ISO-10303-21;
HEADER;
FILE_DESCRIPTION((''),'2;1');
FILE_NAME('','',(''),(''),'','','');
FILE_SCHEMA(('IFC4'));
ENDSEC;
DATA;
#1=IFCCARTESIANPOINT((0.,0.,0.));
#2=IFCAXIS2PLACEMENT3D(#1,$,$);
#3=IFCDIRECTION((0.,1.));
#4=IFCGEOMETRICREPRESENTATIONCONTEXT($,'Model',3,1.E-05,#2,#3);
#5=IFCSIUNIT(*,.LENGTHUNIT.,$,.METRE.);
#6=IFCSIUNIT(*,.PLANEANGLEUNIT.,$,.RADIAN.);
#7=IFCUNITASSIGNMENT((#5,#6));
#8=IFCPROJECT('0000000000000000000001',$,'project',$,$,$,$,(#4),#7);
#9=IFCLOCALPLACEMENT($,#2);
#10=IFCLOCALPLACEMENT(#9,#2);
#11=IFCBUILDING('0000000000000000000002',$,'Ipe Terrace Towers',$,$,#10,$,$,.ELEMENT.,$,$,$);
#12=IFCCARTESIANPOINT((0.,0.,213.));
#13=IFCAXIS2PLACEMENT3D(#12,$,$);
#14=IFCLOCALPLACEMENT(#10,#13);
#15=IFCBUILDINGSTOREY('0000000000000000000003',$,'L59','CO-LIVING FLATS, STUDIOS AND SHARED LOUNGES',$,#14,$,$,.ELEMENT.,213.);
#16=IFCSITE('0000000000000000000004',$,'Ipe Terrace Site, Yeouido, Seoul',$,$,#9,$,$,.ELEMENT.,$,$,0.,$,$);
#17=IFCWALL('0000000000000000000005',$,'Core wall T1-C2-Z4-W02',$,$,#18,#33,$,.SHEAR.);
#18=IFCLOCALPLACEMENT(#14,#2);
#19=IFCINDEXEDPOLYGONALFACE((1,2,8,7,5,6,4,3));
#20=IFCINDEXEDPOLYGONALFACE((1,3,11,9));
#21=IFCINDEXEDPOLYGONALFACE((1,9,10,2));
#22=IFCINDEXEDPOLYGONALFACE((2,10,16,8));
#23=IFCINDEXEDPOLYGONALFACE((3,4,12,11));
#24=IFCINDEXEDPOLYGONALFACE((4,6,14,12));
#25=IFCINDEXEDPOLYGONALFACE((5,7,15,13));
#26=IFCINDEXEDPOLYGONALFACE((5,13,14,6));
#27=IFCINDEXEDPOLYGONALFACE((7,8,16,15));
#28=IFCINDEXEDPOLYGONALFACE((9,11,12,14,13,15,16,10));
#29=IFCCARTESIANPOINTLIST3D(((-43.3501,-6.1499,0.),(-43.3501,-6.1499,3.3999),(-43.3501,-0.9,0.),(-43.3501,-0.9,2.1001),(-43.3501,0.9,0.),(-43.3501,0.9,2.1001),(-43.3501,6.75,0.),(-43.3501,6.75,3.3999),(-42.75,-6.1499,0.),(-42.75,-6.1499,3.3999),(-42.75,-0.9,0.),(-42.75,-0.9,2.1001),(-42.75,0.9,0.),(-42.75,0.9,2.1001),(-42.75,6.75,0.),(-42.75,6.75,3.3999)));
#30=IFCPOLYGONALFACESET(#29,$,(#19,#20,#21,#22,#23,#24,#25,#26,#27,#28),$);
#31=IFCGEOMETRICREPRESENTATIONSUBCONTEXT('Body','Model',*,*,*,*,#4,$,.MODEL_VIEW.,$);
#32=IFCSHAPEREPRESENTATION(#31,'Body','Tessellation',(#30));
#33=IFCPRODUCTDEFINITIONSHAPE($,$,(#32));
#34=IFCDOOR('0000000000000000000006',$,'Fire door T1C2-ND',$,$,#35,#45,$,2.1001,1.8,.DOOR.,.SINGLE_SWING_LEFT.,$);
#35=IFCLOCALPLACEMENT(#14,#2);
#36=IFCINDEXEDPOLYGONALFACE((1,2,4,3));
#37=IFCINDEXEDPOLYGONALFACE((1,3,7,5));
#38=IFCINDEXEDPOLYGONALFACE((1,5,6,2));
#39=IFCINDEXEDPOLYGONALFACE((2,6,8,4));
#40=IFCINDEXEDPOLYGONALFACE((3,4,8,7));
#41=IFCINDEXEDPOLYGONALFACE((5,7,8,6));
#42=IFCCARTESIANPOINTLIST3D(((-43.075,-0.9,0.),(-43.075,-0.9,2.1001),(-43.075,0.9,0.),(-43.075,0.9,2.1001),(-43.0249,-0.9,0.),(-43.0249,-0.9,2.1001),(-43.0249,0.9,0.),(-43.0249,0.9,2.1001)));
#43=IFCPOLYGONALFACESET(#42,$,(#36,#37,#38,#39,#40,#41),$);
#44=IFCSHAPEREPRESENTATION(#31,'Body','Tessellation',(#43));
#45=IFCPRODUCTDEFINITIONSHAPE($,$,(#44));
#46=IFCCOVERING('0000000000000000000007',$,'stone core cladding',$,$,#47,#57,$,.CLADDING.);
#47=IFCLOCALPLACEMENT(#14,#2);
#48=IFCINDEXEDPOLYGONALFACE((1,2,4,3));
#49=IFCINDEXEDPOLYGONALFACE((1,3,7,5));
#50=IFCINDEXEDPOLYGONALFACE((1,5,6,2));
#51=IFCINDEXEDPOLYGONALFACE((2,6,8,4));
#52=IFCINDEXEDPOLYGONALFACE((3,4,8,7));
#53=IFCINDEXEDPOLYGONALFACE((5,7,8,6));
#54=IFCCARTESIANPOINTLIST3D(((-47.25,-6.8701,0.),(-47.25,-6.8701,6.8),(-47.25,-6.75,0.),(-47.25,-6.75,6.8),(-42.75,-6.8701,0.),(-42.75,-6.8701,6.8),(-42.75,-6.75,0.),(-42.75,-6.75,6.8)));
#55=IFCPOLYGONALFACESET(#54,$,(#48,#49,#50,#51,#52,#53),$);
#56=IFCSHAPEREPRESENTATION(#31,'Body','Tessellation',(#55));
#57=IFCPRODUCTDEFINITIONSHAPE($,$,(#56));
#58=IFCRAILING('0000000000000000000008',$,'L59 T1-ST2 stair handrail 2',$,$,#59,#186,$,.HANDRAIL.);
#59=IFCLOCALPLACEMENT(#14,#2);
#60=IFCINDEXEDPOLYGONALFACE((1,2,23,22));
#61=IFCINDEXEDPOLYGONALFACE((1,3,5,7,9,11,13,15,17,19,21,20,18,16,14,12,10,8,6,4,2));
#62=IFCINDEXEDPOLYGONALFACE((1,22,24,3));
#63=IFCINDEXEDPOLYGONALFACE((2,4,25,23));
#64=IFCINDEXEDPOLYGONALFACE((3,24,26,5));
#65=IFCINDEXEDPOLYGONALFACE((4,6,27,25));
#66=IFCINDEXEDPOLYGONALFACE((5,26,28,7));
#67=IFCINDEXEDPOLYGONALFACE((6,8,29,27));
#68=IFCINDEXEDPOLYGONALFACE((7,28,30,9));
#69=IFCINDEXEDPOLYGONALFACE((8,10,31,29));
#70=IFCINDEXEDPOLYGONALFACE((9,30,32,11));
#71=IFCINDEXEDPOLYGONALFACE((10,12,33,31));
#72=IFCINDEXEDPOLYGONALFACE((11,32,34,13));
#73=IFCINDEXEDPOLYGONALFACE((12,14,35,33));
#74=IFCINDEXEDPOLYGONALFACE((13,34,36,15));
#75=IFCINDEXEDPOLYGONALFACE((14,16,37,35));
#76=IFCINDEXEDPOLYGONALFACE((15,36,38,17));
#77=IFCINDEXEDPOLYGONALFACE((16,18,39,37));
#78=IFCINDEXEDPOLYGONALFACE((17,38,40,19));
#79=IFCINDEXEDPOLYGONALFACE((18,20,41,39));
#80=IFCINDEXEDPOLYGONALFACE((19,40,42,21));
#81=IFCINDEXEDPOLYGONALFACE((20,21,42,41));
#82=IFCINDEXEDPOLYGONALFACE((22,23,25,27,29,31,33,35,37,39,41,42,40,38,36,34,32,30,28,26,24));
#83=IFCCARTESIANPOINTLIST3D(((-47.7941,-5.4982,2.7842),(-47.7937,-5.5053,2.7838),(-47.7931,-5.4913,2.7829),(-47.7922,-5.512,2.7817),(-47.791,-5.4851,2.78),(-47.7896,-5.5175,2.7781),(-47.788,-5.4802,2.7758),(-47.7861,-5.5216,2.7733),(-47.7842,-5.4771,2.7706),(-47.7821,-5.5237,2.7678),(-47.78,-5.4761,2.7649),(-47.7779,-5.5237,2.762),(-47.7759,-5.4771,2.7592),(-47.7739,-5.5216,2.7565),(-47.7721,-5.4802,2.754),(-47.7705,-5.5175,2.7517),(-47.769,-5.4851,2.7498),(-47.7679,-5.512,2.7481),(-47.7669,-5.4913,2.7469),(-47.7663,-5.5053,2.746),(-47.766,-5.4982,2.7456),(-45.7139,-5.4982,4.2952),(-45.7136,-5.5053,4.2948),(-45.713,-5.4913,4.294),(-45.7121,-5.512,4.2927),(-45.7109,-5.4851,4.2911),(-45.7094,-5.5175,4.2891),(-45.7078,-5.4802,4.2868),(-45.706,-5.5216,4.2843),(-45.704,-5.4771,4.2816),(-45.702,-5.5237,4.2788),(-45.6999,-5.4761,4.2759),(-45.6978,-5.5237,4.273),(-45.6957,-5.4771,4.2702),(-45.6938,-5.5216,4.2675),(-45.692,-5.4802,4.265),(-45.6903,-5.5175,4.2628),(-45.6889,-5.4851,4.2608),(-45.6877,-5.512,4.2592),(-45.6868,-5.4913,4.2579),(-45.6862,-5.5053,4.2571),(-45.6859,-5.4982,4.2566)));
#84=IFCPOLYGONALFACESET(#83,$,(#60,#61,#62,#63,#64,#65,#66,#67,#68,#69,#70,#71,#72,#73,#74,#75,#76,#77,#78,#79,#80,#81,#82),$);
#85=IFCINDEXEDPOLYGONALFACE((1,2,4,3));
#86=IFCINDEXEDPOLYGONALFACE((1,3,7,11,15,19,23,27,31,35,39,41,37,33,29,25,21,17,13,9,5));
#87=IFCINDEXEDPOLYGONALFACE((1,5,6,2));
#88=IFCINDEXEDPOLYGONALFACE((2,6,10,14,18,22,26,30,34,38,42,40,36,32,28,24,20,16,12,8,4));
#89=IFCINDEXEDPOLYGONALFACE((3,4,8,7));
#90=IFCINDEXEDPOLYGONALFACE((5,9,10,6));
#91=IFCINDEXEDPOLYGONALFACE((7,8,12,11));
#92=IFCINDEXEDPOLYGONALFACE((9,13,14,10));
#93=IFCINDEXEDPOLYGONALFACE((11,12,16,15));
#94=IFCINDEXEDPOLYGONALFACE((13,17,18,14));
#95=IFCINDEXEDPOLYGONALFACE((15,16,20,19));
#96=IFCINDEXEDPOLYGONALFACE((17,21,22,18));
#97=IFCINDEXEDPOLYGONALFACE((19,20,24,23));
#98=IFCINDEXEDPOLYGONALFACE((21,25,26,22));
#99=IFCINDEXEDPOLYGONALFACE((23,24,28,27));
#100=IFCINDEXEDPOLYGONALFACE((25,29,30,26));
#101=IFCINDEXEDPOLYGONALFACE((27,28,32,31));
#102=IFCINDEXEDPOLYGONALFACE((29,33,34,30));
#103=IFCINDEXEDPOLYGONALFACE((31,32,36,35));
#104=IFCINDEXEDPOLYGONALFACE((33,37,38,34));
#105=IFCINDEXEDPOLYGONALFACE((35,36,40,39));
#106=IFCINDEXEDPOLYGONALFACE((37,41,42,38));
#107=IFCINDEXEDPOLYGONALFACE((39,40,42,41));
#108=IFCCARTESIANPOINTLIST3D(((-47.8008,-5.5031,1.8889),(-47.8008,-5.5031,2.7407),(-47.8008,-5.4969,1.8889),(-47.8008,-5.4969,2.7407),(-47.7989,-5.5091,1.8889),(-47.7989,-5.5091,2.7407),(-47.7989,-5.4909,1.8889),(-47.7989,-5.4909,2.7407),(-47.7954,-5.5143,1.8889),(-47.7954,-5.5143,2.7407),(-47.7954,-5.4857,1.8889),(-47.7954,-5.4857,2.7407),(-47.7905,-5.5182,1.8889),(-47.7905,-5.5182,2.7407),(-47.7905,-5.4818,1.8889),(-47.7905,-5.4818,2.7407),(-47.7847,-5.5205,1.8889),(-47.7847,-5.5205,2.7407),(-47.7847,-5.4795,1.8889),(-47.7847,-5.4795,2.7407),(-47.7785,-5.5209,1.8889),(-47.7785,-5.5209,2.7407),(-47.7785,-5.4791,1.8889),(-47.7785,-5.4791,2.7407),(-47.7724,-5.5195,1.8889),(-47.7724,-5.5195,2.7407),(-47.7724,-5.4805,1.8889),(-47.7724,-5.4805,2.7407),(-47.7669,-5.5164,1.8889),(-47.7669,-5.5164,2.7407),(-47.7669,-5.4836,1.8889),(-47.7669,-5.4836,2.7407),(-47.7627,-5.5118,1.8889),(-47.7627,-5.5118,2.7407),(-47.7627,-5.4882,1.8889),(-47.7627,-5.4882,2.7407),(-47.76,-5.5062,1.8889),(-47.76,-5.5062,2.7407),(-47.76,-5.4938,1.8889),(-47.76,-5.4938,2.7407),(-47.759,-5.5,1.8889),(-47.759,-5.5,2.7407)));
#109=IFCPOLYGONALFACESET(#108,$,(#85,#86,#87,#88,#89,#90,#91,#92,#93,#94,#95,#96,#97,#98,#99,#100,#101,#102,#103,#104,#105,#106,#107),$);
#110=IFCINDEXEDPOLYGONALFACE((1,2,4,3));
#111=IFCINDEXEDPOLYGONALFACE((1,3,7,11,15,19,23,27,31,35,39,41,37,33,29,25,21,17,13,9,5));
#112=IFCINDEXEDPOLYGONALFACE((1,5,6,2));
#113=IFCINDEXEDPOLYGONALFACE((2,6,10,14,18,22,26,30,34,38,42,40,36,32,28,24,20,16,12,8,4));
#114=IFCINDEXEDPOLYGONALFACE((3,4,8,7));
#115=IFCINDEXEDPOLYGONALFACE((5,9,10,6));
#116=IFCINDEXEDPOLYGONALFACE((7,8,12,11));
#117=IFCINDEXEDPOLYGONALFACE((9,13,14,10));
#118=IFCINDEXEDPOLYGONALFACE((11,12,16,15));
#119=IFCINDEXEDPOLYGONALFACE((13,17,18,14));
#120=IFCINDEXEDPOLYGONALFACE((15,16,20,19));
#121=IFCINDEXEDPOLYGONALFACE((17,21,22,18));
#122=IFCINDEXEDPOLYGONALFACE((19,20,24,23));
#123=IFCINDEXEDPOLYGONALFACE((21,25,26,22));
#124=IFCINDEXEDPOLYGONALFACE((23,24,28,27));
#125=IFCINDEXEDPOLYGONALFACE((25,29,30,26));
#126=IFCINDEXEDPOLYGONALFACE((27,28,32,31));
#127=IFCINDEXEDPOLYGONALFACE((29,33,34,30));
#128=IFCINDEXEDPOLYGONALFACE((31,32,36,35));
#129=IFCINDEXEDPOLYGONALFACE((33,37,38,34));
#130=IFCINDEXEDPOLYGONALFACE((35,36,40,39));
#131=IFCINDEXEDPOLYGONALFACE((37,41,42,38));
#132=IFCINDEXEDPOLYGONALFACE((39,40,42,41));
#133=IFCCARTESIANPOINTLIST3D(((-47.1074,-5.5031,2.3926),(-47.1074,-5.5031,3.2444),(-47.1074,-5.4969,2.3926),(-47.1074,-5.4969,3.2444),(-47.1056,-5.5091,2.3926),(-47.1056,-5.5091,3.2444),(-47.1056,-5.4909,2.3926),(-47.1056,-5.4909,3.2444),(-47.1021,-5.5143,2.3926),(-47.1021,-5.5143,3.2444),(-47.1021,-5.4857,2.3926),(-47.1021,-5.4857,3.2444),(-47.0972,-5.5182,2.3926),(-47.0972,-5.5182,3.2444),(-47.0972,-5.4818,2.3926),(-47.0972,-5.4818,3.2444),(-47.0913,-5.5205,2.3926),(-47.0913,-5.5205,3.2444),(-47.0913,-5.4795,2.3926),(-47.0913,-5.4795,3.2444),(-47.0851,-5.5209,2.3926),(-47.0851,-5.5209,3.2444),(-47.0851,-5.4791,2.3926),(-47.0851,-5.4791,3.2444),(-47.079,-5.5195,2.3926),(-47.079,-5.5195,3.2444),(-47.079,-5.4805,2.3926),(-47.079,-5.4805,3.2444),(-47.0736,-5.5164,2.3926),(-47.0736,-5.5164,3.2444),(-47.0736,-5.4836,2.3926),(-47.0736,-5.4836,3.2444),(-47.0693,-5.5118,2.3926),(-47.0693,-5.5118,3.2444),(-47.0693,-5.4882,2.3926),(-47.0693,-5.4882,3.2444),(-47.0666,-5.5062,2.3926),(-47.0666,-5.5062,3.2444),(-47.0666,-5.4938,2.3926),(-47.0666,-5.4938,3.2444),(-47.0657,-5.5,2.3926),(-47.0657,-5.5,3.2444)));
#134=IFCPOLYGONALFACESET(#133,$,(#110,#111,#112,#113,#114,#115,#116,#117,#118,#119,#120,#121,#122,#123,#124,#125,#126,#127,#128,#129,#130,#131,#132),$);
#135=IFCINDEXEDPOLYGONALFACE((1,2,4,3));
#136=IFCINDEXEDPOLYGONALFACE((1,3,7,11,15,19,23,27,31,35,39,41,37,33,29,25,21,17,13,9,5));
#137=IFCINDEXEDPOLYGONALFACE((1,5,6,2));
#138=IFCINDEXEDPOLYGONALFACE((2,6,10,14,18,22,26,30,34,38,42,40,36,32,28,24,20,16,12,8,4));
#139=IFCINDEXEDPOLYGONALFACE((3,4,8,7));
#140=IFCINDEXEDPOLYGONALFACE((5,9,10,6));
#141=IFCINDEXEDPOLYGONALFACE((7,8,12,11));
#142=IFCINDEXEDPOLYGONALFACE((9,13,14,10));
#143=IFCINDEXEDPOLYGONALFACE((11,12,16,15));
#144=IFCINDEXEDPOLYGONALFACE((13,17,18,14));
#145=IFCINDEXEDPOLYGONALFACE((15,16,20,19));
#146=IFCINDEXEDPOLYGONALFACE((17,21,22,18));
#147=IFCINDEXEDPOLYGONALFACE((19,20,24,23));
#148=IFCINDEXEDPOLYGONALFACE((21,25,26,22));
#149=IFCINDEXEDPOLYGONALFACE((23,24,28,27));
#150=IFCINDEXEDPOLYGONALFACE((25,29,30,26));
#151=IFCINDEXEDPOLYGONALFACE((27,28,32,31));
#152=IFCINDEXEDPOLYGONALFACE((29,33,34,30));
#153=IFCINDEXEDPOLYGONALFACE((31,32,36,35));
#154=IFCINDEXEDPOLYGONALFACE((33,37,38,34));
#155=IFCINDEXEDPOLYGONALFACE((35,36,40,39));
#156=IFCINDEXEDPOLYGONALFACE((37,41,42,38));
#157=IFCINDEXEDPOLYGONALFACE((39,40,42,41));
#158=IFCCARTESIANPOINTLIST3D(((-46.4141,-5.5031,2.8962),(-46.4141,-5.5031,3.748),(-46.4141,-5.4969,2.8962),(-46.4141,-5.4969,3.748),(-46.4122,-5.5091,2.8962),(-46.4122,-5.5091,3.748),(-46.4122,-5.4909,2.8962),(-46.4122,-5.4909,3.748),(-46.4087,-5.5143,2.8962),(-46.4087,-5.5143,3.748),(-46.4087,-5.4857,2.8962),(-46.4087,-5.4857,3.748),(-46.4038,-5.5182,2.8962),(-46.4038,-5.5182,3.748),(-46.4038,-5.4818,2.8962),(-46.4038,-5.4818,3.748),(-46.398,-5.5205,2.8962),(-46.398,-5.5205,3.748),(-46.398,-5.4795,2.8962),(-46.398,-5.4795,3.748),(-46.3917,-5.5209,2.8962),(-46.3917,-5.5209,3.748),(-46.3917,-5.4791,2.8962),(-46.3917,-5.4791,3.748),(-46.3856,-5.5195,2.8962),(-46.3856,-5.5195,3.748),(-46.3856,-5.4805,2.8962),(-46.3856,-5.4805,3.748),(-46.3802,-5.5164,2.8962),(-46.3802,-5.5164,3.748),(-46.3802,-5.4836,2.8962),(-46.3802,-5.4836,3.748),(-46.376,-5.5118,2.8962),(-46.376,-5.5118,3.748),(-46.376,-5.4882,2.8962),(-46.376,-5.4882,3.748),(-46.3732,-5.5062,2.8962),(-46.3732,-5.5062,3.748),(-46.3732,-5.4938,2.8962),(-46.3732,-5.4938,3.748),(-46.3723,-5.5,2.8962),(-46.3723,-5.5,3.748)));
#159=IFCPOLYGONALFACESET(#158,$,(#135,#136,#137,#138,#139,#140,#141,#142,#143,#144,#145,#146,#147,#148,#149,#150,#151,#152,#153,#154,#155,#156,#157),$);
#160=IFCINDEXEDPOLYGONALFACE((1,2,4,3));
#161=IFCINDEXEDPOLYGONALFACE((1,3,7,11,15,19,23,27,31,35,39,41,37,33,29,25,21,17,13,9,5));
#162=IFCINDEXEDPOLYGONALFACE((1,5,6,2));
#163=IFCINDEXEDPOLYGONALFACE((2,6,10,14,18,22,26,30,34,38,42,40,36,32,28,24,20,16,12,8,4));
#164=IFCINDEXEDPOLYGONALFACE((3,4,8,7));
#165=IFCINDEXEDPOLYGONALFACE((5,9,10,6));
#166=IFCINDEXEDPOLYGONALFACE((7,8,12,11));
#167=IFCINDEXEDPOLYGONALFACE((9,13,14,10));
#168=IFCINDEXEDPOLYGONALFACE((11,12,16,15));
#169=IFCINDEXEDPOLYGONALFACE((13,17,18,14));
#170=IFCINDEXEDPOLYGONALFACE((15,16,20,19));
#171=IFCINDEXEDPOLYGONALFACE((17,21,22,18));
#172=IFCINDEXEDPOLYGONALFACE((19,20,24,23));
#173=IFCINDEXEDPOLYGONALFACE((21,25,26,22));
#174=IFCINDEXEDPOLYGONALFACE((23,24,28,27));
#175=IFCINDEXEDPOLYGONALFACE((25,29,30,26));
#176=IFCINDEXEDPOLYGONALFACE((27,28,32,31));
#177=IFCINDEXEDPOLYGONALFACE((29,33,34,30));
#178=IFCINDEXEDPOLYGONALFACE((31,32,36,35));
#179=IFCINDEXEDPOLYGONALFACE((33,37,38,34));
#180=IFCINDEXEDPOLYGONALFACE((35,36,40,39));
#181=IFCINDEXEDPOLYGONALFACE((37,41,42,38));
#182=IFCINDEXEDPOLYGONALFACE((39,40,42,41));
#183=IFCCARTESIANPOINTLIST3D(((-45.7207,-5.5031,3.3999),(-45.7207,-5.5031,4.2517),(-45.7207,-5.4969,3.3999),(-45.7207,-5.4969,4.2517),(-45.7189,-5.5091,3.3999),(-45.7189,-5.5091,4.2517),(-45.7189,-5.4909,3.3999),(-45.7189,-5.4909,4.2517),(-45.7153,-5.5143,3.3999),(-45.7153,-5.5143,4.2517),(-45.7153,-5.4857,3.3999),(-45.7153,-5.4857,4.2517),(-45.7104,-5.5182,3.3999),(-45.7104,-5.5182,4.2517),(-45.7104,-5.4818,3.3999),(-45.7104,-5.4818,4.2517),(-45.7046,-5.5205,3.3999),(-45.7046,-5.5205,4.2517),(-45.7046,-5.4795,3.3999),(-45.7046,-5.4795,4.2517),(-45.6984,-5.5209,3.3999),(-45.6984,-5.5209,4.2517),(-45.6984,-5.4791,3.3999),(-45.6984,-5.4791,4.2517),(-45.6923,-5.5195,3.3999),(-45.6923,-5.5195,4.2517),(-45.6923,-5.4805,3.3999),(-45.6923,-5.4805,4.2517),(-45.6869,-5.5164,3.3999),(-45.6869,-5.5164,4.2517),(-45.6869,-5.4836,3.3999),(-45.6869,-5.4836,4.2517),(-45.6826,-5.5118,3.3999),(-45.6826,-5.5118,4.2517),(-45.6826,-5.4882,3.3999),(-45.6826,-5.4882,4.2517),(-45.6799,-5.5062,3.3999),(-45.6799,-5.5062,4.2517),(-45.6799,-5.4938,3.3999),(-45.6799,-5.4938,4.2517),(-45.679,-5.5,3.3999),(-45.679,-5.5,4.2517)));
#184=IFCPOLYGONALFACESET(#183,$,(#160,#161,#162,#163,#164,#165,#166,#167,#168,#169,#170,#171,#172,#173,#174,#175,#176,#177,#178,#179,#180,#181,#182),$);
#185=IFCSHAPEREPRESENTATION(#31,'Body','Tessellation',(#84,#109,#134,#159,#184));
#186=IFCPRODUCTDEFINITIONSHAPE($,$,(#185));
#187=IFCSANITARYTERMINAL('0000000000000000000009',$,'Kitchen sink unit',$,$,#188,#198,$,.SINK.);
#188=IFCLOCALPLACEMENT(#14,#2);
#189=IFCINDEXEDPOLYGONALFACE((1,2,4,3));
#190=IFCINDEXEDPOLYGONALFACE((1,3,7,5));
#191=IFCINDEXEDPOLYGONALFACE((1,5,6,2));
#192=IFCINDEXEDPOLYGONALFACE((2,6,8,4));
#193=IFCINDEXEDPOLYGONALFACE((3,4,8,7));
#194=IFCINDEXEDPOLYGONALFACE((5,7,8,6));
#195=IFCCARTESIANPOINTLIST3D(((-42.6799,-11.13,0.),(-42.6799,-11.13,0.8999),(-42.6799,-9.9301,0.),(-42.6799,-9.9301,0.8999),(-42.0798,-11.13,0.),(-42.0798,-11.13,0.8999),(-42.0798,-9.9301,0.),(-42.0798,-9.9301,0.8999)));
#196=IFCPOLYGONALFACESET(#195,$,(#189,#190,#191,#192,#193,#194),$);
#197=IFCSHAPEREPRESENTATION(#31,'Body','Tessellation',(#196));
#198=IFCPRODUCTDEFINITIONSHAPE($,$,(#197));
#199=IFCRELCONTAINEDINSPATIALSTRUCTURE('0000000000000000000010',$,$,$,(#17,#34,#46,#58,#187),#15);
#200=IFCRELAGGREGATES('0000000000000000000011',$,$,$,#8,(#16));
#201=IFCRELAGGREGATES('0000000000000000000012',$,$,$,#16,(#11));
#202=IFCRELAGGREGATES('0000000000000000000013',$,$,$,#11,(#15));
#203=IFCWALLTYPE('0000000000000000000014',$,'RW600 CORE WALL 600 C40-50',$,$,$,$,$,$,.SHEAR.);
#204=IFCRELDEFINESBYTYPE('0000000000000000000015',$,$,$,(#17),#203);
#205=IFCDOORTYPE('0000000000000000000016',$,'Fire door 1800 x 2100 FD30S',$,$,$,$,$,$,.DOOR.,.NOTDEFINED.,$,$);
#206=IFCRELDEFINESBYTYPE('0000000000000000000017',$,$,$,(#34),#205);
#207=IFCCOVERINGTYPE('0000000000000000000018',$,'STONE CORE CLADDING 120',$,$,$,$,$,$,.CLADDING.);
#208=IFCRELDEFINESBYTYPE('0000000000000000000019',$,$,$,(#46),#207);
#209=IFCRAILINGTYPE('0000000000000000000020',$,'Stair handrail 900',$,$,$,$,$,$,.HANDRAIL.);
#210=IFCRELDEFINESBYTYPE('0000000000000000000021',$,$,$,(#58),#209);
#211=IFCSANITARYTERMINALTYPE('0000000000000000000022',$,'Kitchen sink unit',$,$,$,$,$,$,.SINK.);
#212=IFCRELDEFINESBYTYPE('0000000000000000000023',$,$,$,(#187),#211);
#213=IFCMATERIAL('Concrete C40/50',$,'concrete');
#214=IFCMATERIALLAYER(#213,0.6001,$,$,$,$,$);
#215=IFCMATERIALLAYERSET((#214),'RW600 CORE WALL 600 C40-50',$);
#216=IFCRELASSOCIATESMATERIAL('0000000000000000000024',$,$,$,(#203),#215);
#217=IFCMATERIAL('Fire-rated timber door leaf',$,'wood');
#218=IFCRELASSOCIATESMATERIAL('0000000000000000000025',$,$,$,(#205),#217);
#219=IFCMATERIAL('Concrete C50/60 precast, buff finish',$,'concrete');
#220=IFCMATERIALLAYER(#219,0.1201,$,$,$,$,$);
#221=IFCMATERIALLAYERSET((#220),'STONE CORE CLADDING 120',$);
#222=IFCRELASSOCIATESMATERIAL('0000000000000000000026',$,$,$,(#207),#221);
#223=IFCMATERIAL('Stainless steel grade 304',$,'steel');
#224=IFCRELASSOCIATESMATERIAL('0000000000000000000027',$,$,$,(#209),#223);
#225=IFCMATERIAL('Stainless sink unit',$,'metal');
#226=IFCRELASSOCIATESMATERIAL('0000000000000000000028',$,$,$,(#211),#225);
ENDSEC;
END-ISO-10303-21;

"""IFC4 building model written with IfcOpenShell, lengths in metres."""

from ifc_helpers import new_model, si_unit, direction, frame, frame_2d, origin, origin_2d, place, context, subcontext, project, spatial, rectangle, circle, extrude, material, layer, layer_set, type_object, element, fill, save


model = new_model("IFC4")

# Units and contexts
model_context = context("Model", 3, precision=1e-05, world=origin(), true_north=direction((0.0, 1.0)))
body_context = subcontext(model_context, "Body", "Model", "MODEL_VIEW")
ifc_project = project(units=[si_unit("LENGTHUNIT", "METRE"), si_unit("PLANEANGLEUNIT", "RADIAN")], contexts=[model_context])

# Site, building, storey
site_placement = place(None, origin())
site = spatial("IfcSite", under=ifc_project, at=site_placement, Name="Ipe Terrace Site, Yeouido, Seoul", CompositionType="ELEMENT", RefElevation=0.0)
building_placement = place(site_placement, origin())
building = spatial("IfcBuilding", under=site, at=building_placement, Name="Ipe Terrace Towers", CompositionType="ELEMENT")
storey_placement = place(building_placement, frame((0.0, 0.0, 213.0)))
storey = spatial("IfcBuildingStorey", under=building, at=storey_placement, Name="L59", Description="CO-LIVING FLATS, STUDIOS AND SHARED LOUNGES", CompositionType="ELEMENT", Elevation=213.0)

# Shared definitions
ifc_material_1 = material(Name="Concrete C40/50", Category="concrete")
ifc_layer_1 = layer(ifc_material_1, 0.6001)
ifc_layer_set_1 = layer_set([ifc_layer_1], Name="RW600 CORE WALL 600 C40-50")
wall_type_1 = type_object("IfcWallType", Name="RW600 CORE WALL 600 C40-50", PredefinedType="SHEAR", material=ifc_layer_set_1)

# Wall, opening, door
wall_1_placement = place(storey_placement, frame((-43.05, -6.1499, 0.0), z_axis=(0.0, 0.0, 1.0), x_axis=(0.0, 1.0, 0.0)))
wall_1 = element("IfcWall", 1, at=wall_1_placement, inside=storey, type_object=wall_type_1, Name="Core wall T1-C2-Z4-W02", PredefinedType="SHEAR", context=body_context, shape_type="SweptSolid", body=[
    extrude(rectangle(XDim=12.8999, YDim=0.6001, at=frame_2d((6.45, 0.0))), origin(), (0.0, 0.0, 1.0), 3.3999),
])
opening_1_placement = place(wall_1_placement, frame((5.25, 0.0, 0.0)))
opening_1 = element("IfcOpeningElement", 2, at=opening_1_placement, cuts=wall_1, PredefinedType="OPENING", context=body_context, shape_type="SweptSolid", body=[
    extrude(rectangle(XDim=1.8, YDim=2.1001, at=frame_2d((0.8999, 1.05))), frame((0.0, 0.3101, 0.0), z_axis=(0.0, -1.0, 0.0), x_axis=(1.0, 0.0, 0.0)), (0.0, 0.0, 1.0), 0.6201),
])
ifc_material_2 = material(Name="Fire-rated timber door leaf", Category="wood")
door_type_1 = type_object("IfcDoorType", Name="Fire door 1800 x 2100 FD30S", OperationType="NOTDEFINED", PredefinedType="DOOR", material=ifc_material_2)
door_1_placement = place(opening_1_placement, origin())
door_1 = element("IfcDoor", 3, at=door_1_placement, inside=storey, type_object=door_type_1, Name="Fire door T1C2-ND", OperationType="SINGLE_SWING_LEFT", OverallHeight=2.1001, OverallWidth=1.8, PredefinedType="DOOR", context=body_context, shape_type="SweptSolid", body=[
    extrude(rectangle(XDim=1.8, YDim=2.1001, at=frame_2d((0.8999, 1.05))), frame((0.0, 0.0249, 0.0), z_axis=(0.0, -1.0, 0.0), x_axis=(1.0, 0.0, 0.0)), (0.0, 0.0, 1.0), 0.05),
])
fill(opening_1, door_1)

# Covering
ifc_material_3 = material(Name="Concrete C50/60 precast, buff finish", Category="concrete")
ifc_layer_2 = layer(ifc_material_3, 0.1201)
ifc_layer_set_2 = layer_set([ifc_layer_2], Name="STONE CORE CLADDING 120")
covering_type = type_object("IfcCoveringType", Name="STONE CORE CLADDING 120", PredefinedType="CLADDING", material=ifc_layer_set_2)
covering_placement = place(storey_placement, frame((-45.0, -6.8101, 0.0), z_axis=(0.0, 0.0, 1.0), x_axis=(1.0, 0.0, 0.0)))
element("IfcCovering", 4, at=covering_placement, inside=storey, type_object=covering_type, Name="stone core cladding", PredefinedType="CLADDING", context=body_context, shape_type="SweptSolid", body=[
    extrude(rectangle(XDim=4.5, YDim=0.1201, at=origin_2d()), origin(), (0.0, 0.0, 1.0), 6.8),
])

# Railing
ifc_material_4 = material(Name="Stainless steel grade 304", Category="steel")
railing_type_1 = type_object("IfcRailingType", Name="Stair handrail 900", PredefinedType="HANDRAIL", material=ifc_material_4)
railing_1_placement = place(storey_placement, frame((-47.78, -5.5, 1.8889)))
element("IfcRailing", 5, at=railing_1_placement, inside=storey, type_object=railing_type_1, Name="L59 T1-ST2 stair handrail 2", PredefinedType="HANDRAIL", context=body_context, shape_type="SweptSolid", body=[
    extrude(circle(Radius=0.0239, at=origin_2d()), frame((0.0, 0.0, 0.876), z_axis=(0.809069, 0.0, 0.587714), x_axis=(0.0, 1.0, 0.0)), (0.0, 0.0, 1.0), 2.571),
    extrude(circle(Radius=0.021, at=origin_2d()), origin(), (0.0, 0.0, 1.0), 0.8518),
    extrude(circle(Radius=0.021, at=origin_2d()), frame((0.6934, 0.0, 0.5037)), (0.0, 0.0, 1.0), 0.8518),
    extrude(circle(Radius=0.021, at=origin_2d()), frame((1.3867, 0.0, 1.0073)), (0.0, 0.0, 1.0), 0.8518),
    extrude(circle(Radius=0.021, at=origin_2d()), frame((2.0801, 0.0, 1.511)), (0.0, 0.0, 1.0), 0.8518),
])

# Sanitary terminal
ifc_material_5 = material(Name="Stainless sink unit", Category="metal")
sanitary_terminal_type_1 = type_object("IfcSanitaryTerminalType", Name="Kitchen sink unit", PredefinedType="SINK", material=ifc_material_5)
sanitary_terminal_1_placement = place(storey_placement, frame((-42.3799, -10.53, 0.0), z_axis=(0.0, 0.0, 1.0), x_axis=(0.0, 1.0, 0.0)))
element("IfcSanitaryTerminal", 6, at=sanitary_terminal_1_placement, inside=storey, type_object=sanitary_terminal_type_1, Name="Kitchen sink unit", PredefinedType="SINK", context=body_context, shape_type="SweptSolid", body=[
    extrude(rectangle(XDim=1.2, YDim=0.6001, at=origin_2d()), origin(), (0.0, 0.0, 1.0), 0.8999),
])

save(model, "model.ifc")
